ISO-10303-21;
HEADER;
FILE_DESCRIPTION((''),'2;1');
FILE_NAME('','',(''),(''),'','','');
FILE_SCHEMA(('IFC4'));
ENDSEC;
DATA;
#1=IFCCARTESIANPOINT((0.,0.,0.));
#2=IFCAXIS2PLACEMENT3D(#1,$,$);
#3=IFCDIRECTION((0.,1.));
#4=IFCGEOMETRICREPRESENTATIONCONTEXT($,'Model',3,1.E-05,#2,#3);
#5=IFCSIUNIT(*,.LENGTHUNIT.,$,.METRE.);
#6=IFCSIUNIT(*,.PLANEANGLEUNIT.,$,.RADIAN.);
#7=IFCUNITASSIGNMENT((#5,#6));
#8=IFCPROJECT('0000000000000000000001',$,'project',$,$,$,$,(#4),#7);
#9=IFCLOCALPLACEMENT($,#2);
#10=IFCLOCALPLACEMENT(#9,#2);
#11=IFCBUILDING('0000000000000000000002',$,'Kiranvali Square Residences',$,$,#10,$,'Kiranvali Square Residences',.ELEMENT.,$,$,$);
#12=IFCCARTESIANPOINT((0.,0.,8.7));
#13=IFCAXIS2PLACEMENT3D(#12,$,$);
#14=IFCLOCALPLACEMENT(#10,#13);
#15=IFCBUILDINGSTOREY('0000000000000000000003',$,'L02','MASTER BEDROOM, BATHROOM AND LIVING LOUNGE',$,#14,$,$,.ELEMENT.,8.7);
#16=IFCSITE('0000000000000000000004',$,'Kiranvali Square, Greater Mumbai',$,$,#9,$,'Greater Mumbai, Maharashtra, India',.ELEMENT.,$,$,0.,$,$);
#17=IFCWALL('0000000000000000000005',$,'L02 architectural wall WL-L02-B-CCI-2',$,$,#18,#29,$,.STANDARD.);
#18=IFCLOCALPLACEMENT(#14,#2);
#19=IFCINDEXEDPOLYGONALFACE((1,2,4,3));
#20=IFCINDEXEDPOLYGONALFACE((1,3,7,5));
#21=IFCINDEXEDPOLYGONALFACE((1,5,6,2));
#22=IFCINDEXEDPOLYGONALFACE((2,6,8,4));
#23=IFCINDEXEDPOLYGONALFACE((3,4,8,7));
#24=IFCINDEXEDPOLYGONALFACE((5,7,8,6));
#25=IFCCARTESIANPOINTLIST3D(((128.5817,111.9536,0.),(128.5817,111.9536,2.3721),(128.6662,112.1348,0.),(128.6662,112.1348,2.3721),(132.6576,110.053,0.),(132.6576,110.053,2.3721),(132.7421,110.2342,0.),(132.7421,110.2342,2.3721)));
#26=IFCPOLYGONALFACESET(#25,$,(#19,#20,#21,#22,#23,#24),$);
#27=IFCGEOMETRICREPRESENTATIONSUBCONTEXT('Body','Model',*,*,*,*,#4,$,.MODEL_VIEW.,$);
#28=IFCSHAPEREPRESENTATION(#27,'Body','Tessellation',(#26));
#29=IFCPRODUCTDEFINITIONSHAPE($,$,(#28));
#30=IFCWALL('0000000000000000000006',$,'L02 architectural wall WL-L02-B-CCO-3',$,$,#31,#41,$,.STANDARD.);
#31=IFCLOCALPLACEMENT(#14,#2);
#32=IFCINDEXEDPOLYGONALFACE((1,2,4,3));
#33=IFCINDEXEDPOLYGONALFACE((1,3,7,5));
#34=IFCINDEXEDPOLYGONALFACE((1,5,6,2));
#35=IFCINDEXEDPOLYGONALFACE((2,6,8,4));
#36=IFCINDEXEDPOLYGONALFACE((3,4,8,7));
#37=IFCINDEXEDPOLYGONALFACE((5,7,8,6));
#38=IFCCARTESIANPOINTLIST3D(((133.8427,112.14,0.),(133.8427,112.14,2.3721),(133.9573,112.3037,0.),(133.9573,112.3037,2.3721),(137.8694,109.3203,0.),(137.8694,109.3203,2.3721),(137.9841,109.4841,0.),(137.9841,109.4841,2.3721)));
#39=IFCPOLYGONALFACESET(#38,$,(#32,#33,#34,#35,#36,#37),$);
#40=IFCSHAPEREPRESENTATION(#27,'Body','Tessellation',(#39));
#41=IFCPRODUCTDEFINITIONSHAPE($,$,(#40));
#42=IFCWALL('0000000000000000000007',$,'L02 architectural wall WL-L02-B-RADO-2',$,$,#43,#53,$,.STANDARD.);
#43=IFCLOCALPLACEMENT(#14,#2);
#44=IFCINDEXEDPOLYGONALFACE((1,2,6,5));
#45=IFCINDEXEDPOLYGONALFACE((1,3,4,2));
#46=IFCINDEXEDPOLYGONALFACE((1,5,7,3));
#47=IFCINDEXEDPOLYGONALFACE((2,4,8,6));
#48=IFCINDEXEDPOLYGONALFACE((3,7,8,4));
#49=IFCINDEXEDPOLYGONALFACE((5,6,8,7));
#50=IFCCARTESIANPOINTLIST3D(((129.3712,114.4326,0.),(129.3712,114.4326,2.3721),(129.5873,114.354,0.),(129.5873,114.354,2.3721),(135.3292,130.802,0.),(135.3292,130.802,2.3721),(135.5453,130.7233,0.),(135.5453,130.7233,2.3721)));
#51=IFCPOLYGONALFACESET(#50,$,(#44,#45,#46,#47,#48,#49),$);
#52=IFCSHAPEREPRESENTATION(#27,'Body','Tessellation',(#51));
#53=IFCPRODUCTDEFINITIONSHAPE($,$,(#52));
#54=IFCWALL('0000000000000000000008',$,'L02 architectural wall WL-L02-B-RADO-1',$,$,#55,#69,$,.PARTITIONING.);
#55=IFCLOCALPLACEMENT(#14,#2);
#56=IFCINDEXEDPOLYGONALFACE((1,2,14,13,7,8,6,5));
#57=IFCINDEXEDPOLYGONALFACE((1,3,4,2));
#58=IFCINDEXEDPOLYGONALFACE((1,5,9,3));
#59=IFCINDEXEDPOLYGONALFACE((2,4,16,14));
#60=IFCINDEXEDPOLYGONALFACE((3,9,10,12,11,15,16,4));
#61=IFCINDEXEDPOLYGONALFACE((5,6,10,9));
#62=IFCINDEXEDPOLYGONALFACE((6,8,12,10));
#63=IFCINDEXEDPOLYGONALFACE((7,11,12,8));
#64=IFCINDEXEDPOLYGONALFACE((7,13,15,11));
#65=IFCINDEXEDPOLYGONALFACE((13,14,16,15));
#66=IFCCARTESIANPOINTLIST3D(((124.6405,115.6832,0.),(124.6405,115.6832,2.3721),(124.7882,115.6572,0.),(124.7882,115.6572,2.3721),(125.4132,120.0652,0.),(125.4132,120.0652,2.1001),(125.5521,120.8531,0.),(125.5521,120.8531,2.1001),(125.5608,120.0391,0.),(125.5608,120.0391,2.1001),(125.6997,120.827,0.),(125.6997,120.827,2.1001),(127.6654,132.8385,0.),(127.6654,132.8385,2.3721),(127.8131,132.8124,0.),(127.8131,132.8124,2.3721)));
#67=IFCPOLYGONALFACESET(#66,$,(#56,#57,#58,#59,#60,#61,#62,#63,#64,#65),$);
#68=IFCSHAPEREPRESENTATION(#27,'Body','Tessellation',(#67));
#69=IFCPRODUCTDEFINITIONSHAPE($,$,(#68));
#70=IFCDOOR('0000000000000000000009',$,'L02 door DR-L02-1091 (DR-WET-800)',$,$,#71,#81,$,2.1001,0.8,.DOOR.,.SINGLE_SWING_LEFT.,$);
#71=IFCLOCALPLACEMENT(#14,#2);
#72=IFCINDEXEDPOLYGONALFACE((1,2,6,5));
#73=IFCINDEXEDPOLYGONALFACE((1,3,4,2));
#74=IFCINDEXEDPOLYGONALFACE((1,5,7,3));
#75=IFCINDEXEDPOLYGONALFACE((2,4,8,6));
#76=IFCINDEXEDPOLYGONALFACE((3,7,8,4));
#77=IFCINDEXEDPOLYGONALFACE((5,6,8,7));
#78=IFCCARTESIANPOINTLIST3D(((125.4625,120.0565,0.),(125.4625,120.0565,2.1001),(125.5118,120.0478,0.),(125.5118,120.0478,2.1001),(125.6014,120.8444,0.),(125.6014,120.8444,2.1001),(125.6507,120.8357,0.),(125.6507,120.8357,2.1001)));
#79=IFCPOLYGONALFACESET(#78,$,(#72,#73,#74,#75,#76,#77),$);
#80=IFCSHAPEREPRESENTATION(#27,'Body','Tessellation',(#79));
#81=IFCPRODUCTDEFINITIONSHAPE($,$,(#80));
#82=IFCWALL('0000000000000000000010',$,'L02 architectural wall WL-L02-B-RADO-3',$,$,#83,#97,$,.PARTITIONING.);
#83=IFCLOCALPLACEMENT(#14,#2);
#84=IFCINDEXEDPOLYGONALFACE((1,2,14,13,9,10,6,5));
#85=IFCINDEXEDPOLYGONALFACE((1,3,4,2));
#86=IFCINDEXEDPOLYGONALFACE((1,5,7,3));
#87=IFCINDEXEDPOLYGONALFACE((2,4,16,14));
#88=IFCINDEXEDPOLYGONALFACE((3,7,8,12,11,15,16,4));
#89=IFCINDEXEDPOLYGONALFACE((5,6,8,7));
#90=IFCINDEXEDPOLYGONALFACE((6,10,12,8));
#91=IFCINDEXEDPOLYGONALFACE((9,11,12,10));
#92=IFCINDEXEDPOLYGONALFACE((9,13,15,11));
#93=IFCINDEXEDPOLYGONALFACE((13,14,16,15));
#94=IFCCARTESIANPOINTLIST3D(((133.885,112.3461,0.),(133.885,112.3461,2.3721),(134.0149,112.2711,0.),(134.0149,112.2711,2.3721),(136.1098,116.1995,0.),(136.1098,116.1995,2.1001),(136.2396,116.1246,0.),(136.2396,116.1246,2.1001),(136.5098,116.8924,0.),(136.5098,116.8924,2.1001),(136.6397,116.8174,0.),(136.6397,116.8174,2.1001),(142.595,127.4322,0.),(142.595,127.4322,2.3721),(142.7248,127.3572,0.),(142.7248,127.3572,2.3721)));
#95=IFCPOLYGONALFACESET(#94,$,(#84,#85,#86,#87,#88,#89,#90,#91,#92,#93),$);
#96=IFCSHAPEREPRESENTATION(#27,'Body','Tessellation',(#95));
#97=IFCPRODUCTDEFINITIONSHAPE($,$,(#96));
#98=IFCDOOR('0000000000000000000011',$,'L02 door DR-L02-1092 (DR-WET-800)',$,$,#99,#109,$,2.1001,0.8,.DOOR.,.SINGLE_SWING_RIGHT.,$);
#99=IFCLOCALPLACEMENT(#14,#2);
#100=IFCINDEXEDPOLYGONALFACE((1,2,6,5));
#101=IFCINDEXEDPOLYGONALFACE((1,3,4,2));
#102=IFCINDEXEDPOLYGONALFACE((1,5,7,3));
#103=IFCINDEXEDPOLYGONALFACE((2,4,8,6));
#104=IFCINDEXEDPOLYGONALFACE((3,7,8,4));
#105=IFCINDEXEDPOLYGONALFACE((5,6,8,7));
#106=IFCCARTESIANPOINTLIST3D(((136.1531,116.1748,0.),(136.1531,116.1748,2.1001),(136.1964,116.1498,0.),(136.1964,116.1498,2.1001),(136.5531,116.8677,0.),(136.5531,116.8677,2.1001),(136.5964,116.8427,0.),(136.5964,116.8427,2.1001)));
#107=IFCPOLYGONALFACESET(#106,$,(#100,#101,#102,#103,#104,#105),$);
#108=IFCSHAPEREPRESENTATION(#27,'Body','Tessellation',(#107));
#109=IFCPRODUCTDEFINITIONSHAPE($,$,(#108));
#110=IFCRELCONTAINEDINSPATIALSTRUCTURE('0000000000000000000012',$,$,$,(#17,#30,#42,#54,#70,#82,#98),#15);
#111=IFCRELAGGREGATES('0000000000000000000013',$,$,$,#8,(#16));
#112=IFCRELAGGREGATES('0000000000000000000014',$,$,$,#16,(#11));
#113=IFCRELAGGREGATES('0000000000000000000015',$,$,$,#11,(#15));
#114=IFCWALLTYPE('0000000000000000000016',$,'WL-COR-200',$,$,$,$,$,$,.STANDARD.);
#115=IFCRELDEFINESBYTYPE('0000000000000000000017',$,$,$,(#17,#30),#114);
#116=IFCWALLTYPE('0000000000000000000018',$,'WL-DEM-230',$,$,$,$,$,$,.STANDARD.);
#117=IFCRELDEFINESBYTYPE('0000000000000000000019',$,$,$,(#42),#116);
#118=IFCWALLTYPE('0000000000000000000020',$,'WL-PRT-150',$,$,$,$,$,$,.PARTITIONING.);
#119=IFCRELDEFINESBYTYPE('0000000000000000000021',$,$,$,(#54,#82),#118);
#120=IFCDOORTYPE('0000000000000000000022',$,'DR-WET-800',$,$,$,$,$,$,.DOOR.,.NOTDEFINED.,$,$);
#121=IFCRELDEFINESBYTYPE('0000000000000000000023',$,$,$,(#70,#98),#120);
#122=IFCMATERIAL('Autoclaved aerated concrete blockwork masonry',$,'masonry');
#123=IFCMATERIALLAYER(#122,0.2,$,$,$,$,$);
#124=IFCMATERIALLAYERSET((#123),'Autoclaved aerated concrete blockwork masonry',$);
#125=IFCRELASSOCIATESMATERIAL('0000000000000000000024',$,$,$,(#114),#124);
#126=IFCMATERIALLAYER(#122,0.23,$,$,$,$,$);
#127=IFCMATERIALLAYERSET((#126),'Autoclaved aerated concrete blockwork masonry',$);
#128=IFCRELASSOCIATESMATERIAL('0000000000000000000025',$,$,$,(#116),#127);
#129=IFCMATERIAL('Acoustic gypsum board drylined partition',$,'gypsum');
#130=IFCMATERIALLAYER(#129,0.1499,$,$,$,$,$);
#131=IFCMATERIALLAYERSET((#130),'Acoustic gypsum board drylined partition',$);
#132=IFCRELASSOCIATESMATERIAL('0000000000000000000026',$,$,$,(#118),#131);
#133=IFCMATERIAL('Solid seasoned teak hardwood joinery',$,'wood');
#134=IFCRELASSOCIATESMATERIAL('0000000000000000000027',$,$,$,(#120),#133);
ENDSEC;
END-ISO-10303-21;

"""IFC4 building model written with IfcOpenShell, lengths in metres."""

from ifc_helpers import new_model, si_unit, direction, frame, frame_2d, origin, place, context, subcontext, project, spatial, rectangle, extrude, material, layer, layer_set, type_object, element, fill, save


model = new_model("IFC4")

# Units and contexts
model_context = context("Model", 3, precision=1e-05, world=origin(), true_north=direction((0.0, 1.0)))
body_context = subcontext(model_context, "Body", "Model", "MODEL_VIEW")
ifc_project = project(units=[si_unit("LENGTHUNIT", "METRE"), si_unit("PLANEANGLEUNIT", "RADIAN")], contexts=[model_context])

# Site, building, storey
site_placement = place(None, origin())
site = spatial("IfcSite", under=ifc_project, at=site_placement, Name="Kiranvali Square, Greater Mumbai", LongName="Greater Mumbai, Maharashtra, India", CompositionType="ELEMENT", RefElevation=0.0)
building_placement = place(site_placement, origin())
building = spatial("IfcBuilding", under=site, at=building_placement, Name="Kiranvali Square Residences", LongName="Kiranvali Square Residences", CompositionType="ELEMENT")
storey_placement = place(building_placement, frame((0.0, 0.0, 8.7)))
storey = spatial("IfcBuildingStorey", under=building, at=storey_placement, Name="L02", Description="MASTER BEDROOM, BATHROOM AND LIVING LOUNGE", CompositionType="ELEMENT", Elevation=8.7)

# Wall
ifc_material_1 = material(Name="Autoclaved aerated concrete blockwork masonry", Category="masonry")
ifc_layer_1 = layer(ifc_material_1, 0.2)
ifc_layer_set_1 = layer_set([ifc_layer_1], Name="Autoclaved aerated concrete blockwork masonry")
wall_type_1 = type_object("IfcWallType", Name="WL-COR-200", PredefinedType="STANDARD", material=ifc_layer_set_1)
wall_1_placement = place(storey_placement, frame((128.624, 112.0442, 0.0), z_axis=(0.0, 0.0, 1.0), x_axis=(0.906308, -0.422618, 0.0)))
element("IfcWall", 1, at=wall_1_placement, inside=storey, type_object=wall_type_1, Name="L02 architectural wall WL-L02-B-CCI-2", PredefinedType="STANDARD", context=body_context, shape_type="SweptSolid", body=[
    extrude(rectangle(XDim=4.4973, YDim=0.2, at=frame_2d((2.2485, 0.0))), origin(), (0.0, 0.0, 1.0), 2.3721),
])

# Walls
wall_2_placement = place(storey_placement, frame((133.8999, 112.2219, 0.0), z_axis=(0.0, 0.0, 1.0), x_axis=(0.819141, -0.573592, 0.0)))
element("IfcWall", 2, at=wall_2_placement, inside=storey, type_object=wall_type_1, Name="L02 architectural wall WL-L02-B-CCO-3", PredefinedType="STANDARD", context=body_context, shape_type="SweptSolid", body=[
    extrude(rectangle(XDim=4.9158, YDim=0.2, at=frame_2d((2.458, 0.0))), origin(), (0.0, 0.0, 1.0), 2.3721),
])
ifc_layer_2 = layer(ifc_material_1, 0.23)
ifc_layer_set_2 = layer_set([ifc_layer_2], Name="Autoclaved aerated concrete blockwork masonry")
wall_type_2 = type_object("IfcWallType", Name="WL-DEM-230", PredefinedType="STANDARD", material=ifc_layer_set_2)
wall_3_placement = place(storey_placement, frame((129.4792, 114.3933, 0.0), z_axis=(0.0, 0.0, 1.0), x_axis=(0.342022, 0.939692, 0.0)))
element("IfcWall", 3, at=wall_3_placement, inside=storey, type_object=wall_type_2, Name="L02 architectural wall WL-L02-B-RADO-2", PredefinedType="STANDARD", context=body_context, shape_type="SweptSolid", body=[
    extrude(rectangle(XDim=17.4199, YDim=0.23, at=frame_2d((8.71, 0.0))), origin(), (0.0, 0.0, 1.0), 2.3721),
])

# Walls, openings, doors
ifc_material_2 = material(Name="Acoustic gypsum board drylined partition", Category="gypsum")
ifc_layer_3 = layer(ifc_material_2, 0.1499)
ifc_layer_set_3 = layer_set([ifc_layer_3], Name="Acoustic gypsum board drylined partition")
wall_type_3 = type_object("IfcWallType", Name="WL-PRT-150", PredefinedType="PARTITIONING", material=ifc_layer_set_3)
wall_4_placement = place(storey_placement, frame((124.7144, 115.6702, 0.0), z_axis=(0.0, 0.0, 1.0), x_axis=(0.173646, 0.984808, 0.0)))
wall_4 = element("IfcWall", 4, at=wall_4_placement, inside=storey, type_object=wall_type_3, Name="L02 architectural wall WL-L02-B-RADO-1", PredefinedType="PARTITIONING", context=body_context, shape_type="SweptSolid", body=[
    extrude(rectangle(XDim=17.4199, YDim=0.1499, at=frame_2d((8.71, 0.0))), origin(), (0.0, 0.0, 1.0), 2.3721),
])
opening_1_placement = place(wall_4_placement, frame((4.4497, 0.0, 0.0)))
opening_1 = element("IfcOpeningElement", 5, at=opening_1_placement, cuts=wall_4, PredefinedType="OPENING", context=body_context, shape_type="SweptSolid", body=[
    extrude(rectangle(XDim=0.8, YDim=2.1001, at=frame_2d((0.3999, 1.05))), frame((0.0, 0.085, 0.0), z_axis=(0.0, -1.0, 0.0), x_axis=(1.0, 0.0, 0.0)), (0.0, 0.0, 1.0), 0.1699),
])
ifc_material_3 = material(Name="Solid seasoned teak hardwood joinery", Category="wood")
door_type_1 = type_object("IfcDoorType", Name="DR-WET-800", OperationType="NOTDEFINED", PredefinedType="DOOR", material=ifc_material_3)
door_1_placement = place(opening_1_placement, origin())
door_1 = element("IfcDoor", 6, at=door_1_placement, inside=storey, type_object=door_type_1, Name="L02 door DR-L02-1091 (DR-WET-800)", OperationType="SINGLE_SWING_LEFT", OverallHeight=2.1001, OverallWidth=0.8, PredefinedType="DOOR", context=body_context, shape_type="SweptSolid", body=[
    extrude(rectangle(XDim=0.8, YDim=2.1001, at=frame_2d((0.3999, 1.05))), frame((0.0, 0.0249, 0.0), z_axis=(0.0, -1.0, 0.0), x_axis=(1.0, 0.0, 0.0)), (0.0, 0.0, 1.0), 0.05),
])
fill(opening_1, door_1)
wall_5_placement = place(storey_placement, frame((133.95, 112.3086, 0.0), z_axis=(0.0, 0.0, 1.0), x_axis=(0.499998, 0.866027, 0.0)))
wall_5 = element("IfcWall", 7, at=wall_5_placement, inside=storey, type_object=wall_type_3, Name="L02 architectural wall WL-L02-B-RADO-3", PredefinedType="PARTITIONING", context=body_context, shape_type="SweptSolid", body=[
    extrude(rectangle(XDim=17.4199, YDim=0.1499, at=frame_2d((8.71, 0.0))), origin(), (0.0, 0.0, 1.0), 2.3721),
])
opening_2_placement = place(wall_5_placement, frame((4.4497, 0.0, 0.0)))
opening_2 = element("IfcOpeningElement", 8, at=opening_2_placement, cuts=wall_5, PredefinedType="OPENING", context=body_context, shape_type="SweptSolid", body=[
    extrude(rectangle(XDim=0.8, YDim=2.1001, at=frame_2d((0.3999, 1.05))), frame((0.0, 0.085, 0.0), z_axis=(0.0, -1.0, 0.0), x_axis=(1.0, 0.0, 0.0)), (0.0, 0.0, 1.0), 0.1699),
])
door_2_placement = place(opening_2_placement, frame((0.8, 0.0, 0.0), z_axis=(0.0, 0.0, 1.0), x_axis=(-1.0, 0.0, 0.0)))
door_2 = element("IfcDoor", 9, at=door_2_placement, inside=storey, type_object=door_type_1, Name="L02 door DR-L02-1092 (DR-WET-800)", OperationType="SINGLE_SWING_RIGHT", OverallHeight=2.1001, OverallWidth=0.8, PredefinedType="DOOR", context=body_context, shape_type="SweptSolid", body=[
    extrude(rectangle(XDim=0.8, YDim=2.1001, at=frame_2d((0.3999, 1.05))), frame((0.0, 0.0249, 0.0), z_axis=(0.0, -1.0, 0.0), x_axis=(1.0, 0.0, 0.0)), (0.0, 0.0, 1.0), 0.05),
])
fill(opening_2, door_2)

save(model, "model.ifc")
